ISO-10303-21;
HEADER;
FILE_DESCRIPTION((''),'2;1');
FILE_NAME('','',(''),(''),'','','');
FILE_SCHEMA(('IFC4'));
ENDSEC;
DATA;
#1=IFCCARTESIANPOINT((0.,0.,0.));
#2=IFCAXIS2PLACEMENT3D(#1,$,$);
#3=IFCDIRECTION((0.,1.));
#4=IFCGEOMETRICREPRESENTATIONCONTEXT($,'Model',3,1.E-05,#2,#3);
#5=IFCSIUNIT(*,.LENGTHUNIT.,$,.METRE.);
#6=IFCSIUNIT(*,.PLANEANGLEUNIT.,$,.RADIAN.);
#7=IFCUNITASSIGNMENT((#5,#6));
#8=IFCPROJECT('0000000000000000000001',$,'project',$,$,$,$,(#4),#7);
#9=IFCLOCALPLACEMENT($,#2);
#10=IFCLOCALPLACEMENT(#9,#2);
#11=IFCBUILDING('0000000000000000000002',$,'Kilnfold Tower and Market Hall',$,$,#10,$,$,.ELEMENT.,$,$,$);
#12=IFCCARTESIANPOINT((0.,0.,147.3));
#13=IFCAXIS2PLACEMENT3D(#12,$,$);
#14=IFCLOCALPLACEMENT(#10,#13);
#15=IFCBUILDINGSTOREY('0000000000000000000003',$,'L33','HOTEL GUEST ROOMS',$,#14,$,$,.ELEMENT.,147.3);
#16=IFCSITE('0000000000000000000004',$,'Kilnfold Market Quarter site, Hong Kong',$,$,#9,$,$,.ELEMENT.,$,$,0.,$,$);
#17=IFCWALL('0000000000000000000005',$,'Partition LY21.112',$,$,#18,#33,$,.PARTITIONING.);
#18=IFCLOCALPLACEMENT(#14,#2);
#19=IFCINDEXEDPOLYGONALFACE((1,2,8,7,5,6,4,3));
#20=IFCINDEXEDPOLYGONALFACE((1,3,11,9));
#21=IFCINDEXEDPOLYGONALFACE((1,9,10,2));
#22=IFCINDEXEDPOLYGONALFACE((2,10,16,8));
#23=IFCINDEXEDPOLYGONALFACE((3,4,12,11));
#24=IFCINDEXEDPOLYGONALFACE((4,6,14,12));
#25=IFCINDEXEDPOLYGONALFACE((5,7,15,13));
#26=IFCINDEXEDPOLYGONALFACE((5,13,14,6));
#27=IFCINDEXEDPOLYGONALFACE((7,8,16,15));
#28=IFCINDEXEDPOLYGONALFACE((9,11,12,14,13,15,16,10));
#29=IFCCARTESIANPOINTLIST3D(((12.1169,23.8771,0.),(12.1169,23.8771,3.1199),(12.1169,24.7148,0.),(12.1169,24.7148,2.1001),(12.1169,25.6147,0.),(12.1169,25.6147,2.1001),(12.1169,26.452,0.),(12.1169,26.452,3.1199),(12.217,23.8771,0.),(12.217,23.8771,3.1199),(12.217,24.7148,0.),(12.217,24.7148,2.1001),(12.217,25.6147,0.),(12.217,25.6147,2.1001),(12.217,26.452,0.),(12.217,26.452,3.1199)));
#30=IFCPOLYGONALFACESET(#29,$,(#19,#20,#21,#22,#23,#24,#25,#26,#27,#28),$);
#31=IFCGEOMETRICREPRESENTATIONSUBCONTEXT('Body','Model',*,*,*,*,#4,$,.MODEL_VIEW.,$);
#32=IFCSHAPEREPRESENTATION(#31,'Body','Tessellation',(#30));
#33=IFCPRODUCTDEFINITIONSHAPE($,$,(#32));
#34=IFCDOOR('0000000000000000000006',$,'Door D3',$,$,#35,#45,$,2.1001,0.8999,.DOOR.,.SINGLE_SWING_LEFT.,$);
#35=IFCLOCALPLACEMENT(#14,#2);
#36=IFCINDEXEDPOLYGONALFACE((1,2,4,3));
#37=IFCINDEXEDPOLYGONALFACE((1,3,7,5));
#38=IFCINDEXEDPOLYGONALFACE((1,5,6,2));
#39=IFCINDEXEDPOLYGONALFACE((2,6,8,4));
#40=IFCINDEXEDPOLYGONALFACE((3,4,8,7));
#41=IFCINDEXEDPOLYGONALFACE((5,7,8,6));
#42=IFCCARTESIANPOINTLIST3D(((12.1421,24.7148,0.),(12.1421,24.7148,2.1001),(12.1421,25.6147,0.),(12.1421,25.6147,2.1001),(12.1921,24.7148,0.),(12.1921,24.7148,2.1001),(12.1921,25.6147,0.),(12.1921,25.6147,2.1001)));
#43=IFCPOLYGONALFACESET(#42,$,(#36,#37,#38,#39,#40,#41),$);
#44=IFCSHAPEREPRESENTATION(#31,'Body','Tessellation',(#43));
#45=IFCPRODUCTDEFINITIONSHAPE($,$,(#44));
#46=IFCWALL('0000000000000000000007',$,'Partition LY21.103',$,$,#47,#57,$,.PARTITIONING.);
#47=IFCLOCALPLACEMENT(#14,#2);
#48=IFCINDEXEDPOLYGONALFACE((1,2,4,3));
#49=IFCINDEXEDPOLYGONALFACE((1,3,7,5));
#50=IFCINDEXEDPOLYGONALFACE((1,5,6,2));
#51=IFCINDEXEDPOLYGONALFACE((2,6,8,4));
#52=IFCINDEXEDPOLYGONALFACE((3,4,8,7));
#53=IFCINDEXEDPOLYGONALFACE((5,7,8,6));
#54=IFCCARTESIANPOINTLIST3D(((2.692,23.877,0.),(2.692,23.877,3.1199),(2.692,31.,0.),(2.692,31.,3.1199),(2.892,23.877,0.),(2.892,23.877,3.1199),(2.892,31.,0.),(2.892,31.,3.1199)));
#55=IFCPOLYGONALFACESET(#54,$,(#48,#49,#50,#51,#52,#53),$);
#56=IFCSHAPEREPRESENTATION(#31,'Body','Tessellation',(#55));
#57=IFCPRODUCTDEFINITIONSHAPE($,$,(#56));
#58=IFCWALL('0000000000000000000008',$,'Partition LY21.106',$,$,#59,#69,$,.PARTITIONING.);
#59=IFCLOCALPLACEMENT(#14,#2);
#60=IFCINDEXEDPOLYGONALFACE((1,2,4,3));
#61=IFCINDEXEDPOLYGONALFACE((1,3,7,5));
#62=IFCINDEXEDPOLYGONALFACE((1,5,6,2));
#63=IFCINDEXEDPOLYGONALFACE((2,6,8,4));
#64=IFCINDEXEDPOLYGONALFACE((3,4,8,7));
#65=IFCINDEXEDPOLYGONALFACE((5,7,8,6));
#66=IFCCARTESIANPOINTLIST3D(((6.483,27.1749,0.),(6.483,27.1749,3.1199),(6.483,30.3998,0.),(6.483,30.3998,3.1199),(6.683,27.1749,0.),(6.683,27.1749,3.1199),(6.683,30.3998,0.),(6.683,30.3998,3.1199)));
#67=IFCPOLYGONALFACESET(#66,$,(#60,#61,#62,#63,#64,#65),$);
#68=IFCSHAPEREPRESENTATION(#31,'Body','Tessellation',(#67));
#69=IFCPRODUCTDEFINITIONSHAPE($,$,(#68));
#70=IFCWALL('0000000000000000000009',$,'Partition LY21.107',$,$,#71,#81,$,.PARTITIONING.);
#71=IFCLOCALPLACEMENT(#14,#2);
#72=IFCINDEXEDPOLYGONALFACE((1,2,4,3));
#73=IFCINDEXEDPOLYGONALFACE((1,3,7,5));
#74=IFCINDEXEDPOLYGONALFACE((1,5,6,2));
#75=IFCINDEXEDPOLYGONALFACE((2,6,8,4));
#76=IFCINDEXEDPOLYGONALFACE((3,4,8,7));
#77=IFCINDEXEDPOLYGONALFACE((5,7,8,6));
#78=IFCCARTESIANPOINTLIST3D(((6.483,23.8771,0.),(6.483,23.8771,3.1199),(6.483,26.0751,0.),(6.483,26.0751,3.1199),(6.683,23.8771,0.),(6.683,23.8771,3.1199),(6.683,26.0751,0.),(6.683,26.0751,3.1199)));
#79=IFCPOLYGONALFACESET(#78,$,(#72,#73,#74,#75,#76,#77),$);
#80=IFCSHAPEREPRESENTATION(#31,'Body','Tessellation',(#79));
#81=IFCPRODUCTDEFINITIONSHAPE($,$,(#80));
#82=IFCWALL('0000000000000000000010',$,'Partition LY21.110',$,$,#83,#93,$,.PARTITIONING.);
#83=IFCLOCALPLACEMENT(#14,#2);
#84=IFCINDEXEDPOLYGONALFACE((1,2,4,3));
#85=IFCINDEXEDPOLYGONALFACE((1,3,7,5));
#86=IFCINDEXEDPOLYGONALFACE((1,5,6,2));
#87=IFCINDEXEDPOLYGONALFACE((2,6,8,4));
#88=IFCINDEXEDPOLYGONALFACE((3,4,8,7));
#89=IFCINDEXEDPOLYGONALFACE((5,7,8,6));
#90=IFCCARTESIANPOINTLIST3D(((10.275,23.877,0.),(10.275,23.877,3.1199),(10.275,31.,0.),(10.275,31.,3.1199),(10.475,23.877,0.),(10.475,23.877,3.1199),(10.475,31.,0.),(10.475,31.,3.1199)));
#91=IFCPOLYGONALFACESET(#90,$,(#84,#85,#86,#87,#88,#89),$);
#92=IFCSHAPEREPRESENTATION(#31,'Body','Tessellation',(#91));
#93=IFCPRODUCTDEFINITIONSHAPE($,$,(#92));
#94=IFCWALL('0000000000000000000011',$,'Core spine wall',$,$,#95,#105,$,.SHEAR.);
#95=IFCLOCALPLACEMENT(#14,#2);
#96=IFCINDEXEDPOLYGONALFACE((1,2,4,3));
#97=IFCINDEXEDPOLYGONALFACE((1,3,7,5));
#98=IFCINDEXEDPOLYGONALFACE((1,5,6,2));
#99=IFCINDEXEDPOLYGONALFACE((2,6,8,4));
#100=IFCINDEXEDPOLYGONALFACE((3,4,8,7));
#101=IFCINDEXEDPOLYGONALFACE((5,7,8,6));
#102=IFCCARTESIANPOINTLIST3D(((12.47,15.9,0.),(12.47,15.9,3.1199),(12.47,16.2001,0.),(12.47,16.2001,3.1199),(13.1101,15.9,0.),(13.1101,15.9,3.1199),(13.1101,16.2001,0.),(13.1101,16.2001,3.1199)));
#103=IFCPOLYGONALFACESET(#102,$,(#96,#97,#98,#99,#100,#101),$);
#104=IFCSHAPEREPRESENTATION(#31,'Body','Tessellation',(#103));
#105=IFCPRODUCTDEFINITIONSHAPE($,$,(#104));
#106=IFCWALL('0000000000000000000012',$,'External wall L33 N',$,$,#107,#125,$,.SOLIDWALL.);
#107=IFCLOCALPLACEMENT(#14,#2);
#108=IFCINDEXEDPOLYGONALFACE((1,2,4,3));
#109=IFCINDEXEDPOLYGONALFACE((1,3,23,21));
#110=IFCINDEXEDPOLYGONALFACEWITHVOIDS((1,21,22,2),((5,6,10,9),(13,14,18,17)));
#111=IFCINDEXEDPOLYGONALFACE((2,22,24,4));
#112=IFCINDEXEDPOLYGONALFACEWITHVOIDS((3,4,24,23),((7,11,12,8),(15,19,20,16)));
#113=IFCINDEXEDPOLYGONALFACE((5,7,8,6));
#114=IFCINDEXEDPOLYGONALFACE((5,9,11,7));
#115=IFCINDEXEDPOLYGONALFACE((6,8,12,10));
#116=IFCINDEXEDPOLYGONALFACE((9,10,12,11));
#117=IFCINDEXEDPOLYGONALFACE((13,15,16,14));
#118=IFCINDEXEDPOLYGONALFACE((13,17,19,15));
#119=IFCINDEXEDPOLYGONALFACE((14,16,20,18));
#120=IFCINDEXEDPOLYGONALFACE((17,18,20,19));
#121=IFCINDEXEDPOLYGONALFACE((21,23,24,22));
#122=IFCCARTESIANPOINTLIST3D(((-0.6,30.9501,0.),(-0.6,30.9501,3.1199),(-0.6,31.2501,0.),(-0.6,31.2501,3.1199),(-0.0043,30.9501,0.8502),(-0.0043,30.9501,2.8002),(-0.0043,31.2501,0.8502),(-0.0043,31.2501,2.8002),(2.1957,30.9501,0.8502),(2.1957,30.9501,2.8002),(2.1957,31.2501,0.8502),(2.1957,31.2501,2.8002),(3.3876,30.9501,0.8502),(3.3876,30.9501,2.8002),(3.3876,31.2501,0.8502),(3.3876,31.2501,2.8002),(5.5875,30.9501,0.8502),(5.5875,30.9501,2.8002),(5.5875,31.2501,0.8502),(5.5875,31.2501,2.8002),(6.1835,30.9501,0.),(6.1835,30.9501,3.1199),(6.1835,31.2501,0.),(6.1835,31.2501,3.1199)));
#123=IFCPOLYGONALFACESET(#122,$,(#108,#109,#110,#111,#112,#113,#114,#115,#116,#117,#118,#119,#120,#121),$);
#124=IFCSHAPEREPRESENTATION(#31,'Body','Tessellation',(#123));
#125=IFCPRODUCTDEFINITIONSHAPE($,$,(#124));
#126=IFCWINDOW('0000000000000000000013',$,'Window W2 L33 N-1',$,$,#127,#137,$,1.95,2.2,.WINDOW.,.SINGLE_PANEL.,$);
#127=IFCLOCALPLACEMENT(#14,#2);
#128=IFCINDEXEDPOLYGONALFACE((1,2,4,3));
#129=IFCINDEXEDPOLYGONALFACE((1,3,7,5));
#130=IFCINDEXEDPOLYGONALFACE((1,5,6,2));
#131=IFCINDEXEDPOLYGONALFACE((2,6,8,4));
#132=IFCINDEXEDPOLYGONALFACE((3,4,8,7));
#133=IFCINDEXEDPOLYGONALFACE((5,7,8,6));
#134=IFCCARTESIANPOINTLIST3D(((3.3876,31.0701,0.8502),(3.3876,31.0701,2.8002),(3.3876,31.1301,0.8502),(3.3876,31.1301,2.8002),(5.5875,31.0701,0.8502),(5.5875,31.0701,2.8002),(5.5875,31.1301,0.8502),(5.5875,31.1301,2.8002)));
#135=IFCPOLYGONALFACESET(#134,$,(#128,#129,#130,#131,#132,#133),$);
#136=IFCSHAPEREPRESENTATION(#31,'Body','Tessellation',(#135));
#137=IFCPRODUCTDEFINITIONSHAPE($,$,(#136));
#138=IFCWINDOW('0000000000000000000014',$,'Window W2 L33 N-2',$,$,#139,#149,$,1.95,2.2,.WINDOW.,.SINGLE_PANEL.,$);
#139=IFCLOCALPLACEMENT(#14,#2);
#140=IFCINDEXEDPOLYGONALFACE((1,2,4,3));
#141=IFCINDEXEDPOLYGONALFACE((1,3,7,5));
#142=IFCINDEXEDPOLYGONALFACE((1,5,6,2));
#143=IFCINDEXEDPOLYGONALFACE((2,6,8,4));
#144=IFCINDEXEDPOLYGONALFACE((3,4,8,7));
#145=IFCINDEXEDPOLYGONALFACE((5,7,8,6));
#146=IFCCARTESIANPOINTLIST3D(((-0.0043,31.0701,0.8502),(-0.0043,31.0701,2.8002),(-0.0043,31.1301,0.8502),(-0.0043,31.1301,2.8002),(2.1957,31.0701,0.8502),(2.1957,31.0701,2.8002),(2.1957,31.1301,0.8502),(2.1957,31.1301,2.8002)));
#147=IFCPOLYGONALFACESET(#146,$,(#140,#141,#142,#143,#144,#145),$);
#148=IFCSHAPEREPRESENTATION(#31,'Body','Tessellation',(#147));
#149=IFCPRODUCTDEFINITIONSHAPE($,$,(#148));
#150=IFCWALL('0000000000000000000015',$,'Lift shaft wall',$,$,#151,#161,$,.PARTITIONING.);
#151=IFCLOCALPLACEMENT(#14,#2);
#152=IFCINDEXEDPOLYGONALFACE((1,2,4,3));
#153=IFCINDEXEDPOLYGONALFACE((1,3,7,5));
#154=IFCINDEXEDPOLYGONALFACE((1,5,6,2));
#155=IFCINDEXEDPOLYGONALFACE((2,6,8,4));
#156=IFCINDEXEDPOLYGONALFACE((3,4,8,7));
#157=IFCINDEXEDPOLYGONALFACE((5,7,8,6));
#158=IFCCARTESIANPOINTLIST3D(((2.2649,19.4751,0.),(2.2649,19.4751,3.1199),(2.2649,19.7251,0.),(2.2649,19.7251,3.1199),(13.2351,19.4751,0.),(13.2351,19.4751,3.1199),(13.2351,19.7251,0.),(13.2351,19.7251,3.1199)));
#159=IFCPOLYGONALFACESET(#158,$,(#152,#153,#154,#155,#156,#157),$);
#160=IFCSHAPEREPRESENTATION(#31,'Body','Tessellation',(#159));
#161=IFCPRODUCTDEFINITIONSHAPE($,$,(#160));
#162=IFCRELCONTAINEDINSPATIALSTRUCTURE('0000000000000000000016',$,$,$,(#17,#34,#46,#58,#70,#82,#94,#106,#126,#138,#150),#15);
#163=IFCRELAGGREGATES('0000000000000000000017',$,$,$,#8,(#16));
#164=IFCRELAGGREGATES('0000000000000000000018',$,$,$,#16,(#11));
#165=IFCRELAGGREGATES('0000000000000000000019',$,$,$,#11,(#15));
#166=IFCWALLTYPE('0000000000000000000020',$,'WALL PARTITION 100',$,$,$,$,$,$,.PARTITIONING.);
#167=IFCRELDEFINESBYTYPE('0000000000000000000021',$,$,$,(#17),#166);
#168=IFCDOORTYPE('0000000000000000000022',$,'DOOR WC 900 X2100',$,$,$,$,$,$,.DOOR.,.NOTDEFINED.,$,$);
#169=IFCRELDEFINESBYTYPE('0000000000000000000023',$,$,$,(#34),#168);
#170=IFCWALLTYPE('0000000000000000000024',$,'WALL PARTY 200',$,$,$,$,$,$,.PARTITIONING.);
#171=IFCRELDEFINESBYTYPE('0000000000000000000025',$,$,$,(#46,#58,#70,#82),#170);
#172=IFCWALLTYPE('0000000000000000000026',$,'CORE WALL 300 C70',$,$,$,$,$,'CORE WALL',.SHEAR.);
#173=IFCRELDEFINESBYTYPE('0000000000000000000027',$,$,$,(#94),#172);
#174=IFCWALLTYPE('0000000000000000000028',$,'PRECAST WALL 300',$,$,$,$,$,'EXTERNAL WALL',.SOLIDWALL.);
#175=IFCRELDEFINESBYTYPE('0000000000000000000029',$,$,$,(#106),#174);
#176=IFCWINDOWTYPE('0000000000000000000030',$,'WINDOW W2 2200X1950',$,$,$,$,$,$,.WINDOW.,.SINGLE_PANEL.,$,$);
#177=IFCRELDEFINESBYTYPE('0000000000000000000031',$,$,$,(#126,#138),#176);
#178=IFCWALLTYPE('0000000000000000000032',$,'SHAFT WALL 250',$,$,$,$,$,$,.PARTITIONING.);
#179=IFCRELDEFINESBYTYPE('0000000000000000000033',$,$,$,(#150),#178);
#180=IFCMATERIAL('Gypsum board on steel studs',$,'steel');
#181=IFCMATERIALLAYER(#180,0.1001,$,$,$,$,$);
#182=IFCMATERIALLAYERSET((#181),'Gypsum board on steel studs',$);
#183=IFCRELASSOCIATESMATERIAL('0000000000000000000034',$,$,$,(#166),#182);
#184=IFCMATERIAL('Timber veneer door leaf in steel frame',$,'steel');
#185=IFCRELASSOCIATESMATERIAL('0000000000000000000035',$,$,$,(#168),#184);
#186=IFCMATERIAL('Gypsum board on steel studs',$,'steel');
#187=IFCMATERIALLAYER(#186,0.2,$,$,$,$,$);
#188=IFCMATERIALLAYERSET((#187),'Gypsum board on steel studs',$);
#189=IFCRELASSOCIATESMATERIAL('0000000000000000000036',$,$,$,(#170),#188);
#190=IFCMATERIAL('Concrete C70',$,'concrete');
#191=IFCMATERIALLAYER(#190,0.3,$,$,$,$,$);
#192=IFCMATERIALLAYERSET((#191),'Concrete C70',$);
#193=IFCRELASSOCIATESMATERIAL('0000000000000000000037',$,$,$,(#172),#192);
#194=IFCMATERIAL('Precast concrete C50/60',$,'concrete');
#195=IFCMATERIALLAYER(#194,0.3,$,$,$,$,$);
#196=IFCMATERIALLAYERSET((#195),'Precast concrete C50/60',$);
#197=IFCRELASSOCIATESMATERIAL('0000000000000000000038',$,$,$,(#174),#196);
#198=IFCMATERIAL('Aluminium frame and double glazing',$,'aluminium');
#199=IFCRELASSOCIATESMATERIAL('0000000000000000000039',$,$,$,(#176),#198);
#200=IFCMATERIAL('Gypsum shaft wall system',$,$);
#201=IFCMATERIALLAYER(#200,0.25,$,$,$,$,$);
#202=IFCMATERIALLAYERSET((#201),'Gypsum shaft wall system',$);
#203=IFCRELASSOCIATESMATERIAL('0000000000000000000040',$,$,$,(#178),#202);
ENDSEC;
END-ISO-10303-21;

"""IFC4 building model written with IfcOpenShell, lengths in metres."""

from ifc_helpers import new_model, si_unit, direction, frame, frame_2d, origin, place, context, subcontext, project, spatial, rectangle, extrude, source, transform, mapped, material, layer, layer_set, type_object, element, fill, save


model = new_model("IFC4")

# Units and contexts
model_context = context("Model", 3, precision=1e-05, world=origin(), true_north=direction((0.0, 1.0)))
body_context = subcontext(model_context, "Body", "Model", "MODEL_VIEW")
ifc_project = project(units=[si_unit("LENGTHUNIT", "METRE"), si_unit("PLANEANGLEUNIT", "RADIAN")], contexts=[model_context])

# Site, building, storey
site_placement = place(None, origin())
site = spatial("IfcSite", under=ifc_project, at=site_placement, Name="Kilnfold Market Quarter site, Hong Kong", CompositionType="ELEMENT", RefElevation=0.0)
building_placement = place(site_placement, origin())
building = spatial("IfcBuilding", under=site, at=building_placement, Name="Kilnfold Tower and Market Hall", CompositionType="ELEMENT")
storey_placement = place(building_placement, frame((0.0, 0.0, 147.3)))
storey = spatial("IfcBuildingStorey", under=building, at=storey_placement, Name="L33", Description="HOTEL GUEST ROOMS", CompositionType="ELEMENT", Elevation=147.3)

# Shared definitions
ifc_material_1 = material(Name="Gypsum board on steel studs", Category="steel")
ifc_layer_1 = layer(ifc_material_1, 0.1001)
ifc_layer_set_1 = layer_set([ifc_layer_1], Name="Gypsum board on steel studs")
wall_type_1 = type_object("IfcWallType", Name="WALL PARTITION 100", PredefinedType="PARTITIONING", material=ifc_layer_set_1)
ifc_material_2 = material(Name="Timber veneer door leaf in steel frame", Category="steel")
door_type = type_object("IfcDoorType", Name="DOOR WC 900 X2100", OperationType="NOTDEFINED", PredefinedType="DOOR", material=ifc_material_2)

# Wall, opening, door
wall_1_placement = place(storey_placement, frame((12.167, 23.877, 0.0), z_axis=(0.0, 0.0, 1.0), x_axis=(0.0, 1.0, 0.0)))
wall_1 = element("IfcWall", 1, at=wall_1_placement, inside=storey, type_object=wall_type_1, Name="Partition LY21.112", PredefinedType="PARTITIONING", context=body_context, shape_type="SweptSolid", body=[
    extrude(rectangle(XDim=2.575, YDim=0.1001, at=frame_2d((1.2876, 0.0))), origin(), (0.0, 0.0, 1.0), 3.1199),
])
opening_1_placement = place(wall_1_placement, frame((0.8379, 0.0, 0.0)))
opening_1 = element("IfcOpeningElement", 2, at=opening_1_placement, cuts=wall_1, PredefinedType="OPENING", context=body_context, shape_type="SweptSolid", body=[
    extrude(rectangle(XDim=0.8999, YDim=2.1001, at=frame_2d((0.45, 1.05))), frame((0.0, 0.0601, 0.0), z_axis=(0.0, -1.0, 0.0), x_axis=(1.0, 0.0, 0.0)), (0.0, 0.0, 1.0), 0.1201),
])
door_1_placement = place(opening_1_placement, origin())
door_1 = element("IfcDoor", 3, at=door_1_placement, inside=storey, type_object=door_type, Name="Door D3", OperationType="SINGLE_SWING_LEFT", OverallHeight=2.1001, OverallWidth=0.8999, PredefinedType="DOOR", context=body_context, shape_type="SweptSolid", body=[
    extrude(rectangle(XDim=0.8999, YDim=2.1001, at=frame_2d((0.45, 1.05))), frame((0.0, 0.0249, 0.0), z_axis=(0.0, -1.0, 0.0), x_axis=(1.0, 0.0, 0.0)), (0.0, 0.0, 1.0), 0.05),
])
fill(opening_1, door_1)

# Walls
ifc_material_3 = material(Name="Gypsum board on steel studs", Category="steel")
ifc_layer_2 = layer(ifc_material_3, 0.2)
ifc_layer_set_2 = layer_set([ifc_layer_2], Name="Gypsum board on steel studs")
wall_type_2 = type_object("IfcWallType", Name="WALL PARTY 200", PredefinedType="PARTITIONING", material=ifc_layer_set_2)
wall_2_placement = place(storey_placement, frame((2.792, 23.877, 0.0), z_axis=(0.0, 0.0, 1.0), x_axis=(0.0, 1.0, 0.0)))
element("IfcWall", 4, at=wall_2_placement, inside=storey, type_object=wall_type_2, Name="Partition LY21.103", PredefinedType="PARTITIONING", context=body_context, shape_type="SweptSolid", body=[
    extrude(rectangle(XDim=7.123, YDim=0.2, at=frame_2d((3.5615, 0.0))), origin(), (0.0, 0.0, 1.0), 3.1199),
])
wall_3_placement = place(storey_placement, frame((6.583, 27.175, 0.0), z_axis=(0.0, 0.0, 1.0), x_axis=(0.0, 1.0, 0.0)))
element("IfcWall", 5, at=wall_3_placement, inside=storey, type_object=wall_type_2, Name="Partition LY21.106", PredefinedType="PARTITIONING", context=body_context, shape_type="SweptSolid", body=[
    extrude(rectangle(XDim=3.2249, YDim=0.2, at=frame_2d((1.6123, 0.0))), origin(), (0.0, 0.0, 1.0), 3.1199),
])
wall_4_placement = place(storey_placement, frame((6.583, 23.877, 0.0), z_axis=(0.0, 0.0, 1.0), x_axis=(0.0, 1.0, 0.0)))
element("IfcWall", 6, at=wall_4_placement, inside=storey, type_object=wall_type_2, Name="Partition LY21.107", PredefinedType="PARTITIONING", context=body_context, shape_type="SweptSolid", body=[
    extrude(rectangle(XDim=2.198, YDim=0.2, at=frame_2d((1.0991, 0.0))), origin(), (0.0, 0.0, 1.0), 3.1199),
])
wall_5_placement = place(storey_placement, frame((10.375, 23.877, 0.0), z_axis=(0.0, 0.0, 1.0), x_axis=(0.0, 1.0, 0.0)))
element("IfcWall", 7, at=wall_5_placement, inside=storey, type_object=wall_type_2, Name="Partition LY21.110", PredefinedType="PARTITIONING", context=body_context, shape_type="SweptSolid", body=[
    extrude(rectangle(XDim=7.123, YDim=0.2, at=frame_2d((3.5615, 0.0))), origin(), (0.0, 0.0, 1.0), 3.1199),
])
ifc_material_4 = material(Name="Concrete C70", Category="concrete")
ifc_layer_3 = layer(ifc_material_4, 0.3)
ifc_layer_set_3 = layer_set([ifc_layer_3], Name="Concrete C70")
wall_type_3 = type_object("IfcWallType", Name="CORE WALL 300 C70", ElementType="CORE WALL", PredefinedType="SHEAR", material=ifc_layer_set_3)
shared_shape_1 = source(origin(), body_context, "Body", "SweptSolid", [
    extrude(rectangle(XDim=0.6401, YDim=0.3, at=frame_2d((0.3201, 0.0))), origin(), (0.0, 0.0, 1.0), 3.1199),
])
wall_6_placement = place(storey_placement, frame((12.47, 16.05, 0.0), z_axis=(0.0, 0.0, 1.0), x_axis=(1.0, 0.0, 0.0)))
element("IfcWall", 8, at=wall_6_placement, inside=storey, type_object=wall_type_3, Name="Core spine wall", PredefinedType="SHEAR", context=body_context, shape_type="MappedRepresentation", body=[
    mapped(shared_shape_1, transform((0.0, 0.0, 0.0))),
])

# Wall, openings, windows
ifc_material_5 = material(Name="Precast concrete C50/60", Category="concrete")
ifc_layer_4 = layer(ifc_material_5, 0.3)
ifc_layer_set_4 = layer_set([ifc_layer_4], Name="Precast concrete C50/60")
wall_type_4 = type_object("IfcWallType", Name="PRECAST WALL 300", ElementType="EXTERNAL WALL", PredefinedType="SOLIDWALL", material=ifc_layer_set_4)
shared_shape_2 = source(origin(), body_context, "Body", "SweptSolid", [
    extrude(rectangle(XDim=6.7834, YDim=0.3, at=frame_2d((3.3916, 0.0))), origin(), (0.0, 0.0, 1.0), 3.1199),
])
wall_7_placement = place(storey_placement, frame((6.1833, 31.1001, 0.0), z_axis=(0.0, 0.0, 1.0), x_axis=(-1.0, 0.0, 0.0)))
wall_7 = element("IfcWall", 9, at=wall_7_placement, inside=storey, type_object=wall_type_4, Name="External wall L33 N", PredefinedType="SOLIDWALL", context=body_context, shape_type="MappedRepresentation", body=[
    mapped(shared_shape_2, transform((0.0, 0.0, 0.0))),
])
opening_2_placement = place(wall_7_placement, frame((0.5957, 0.0, 0.8501)))
opening_2 = element("IfcOpeningElement", 10, at=opening_2_placement, cuts=wall_7, PredefinedType="OPENING", context=body_context, shape_type="SweptSolid", body=[
    extrude(rectangle(XDim=2.2, YDim=1.95, at=frame_2d((1.1001, 0.9751))), frame((0.0, 0.1602, 0.0), z_axis=(0.0, -1.0, 0.0), x_axis=(1.0, 0.0, 0.0)), (0.0, 0.0, 1.0), 0.3201),
])
opening_3_placement = place(wall_7_placement, frame((3.9875, 0.0, 0.8501)))
opening_3 = element("IfcOpeningElement", 11, at=opening_3_placement, cuts=wall_7, PredefinedType="OPENING", context=body_context, shape_type="SweptSolid", body=[
    extrude(rectangle(XDim=2.2, YDim=1.95, at=frame_2d((1.1001, 0.9751))), frame((0.0, 0.1602, 0.0), z_axis=(0.0, -1.0, 0.0), x_axis=(1.0, 0.0, 0.0)), (0.0, 0.0, 1.0), 0.3201),
])
ifc_material_6 = material(Name="Aluminium frame and double glazing", Category="aluminium")
window_type = type_object("IfcWindowType", Name="WINDOW W2 2200X1950", PartitioningType="SINGLE_PANEL", PredefinedType="WINDOW", material=ifc_material_6)
window_1_placement = place(opening_2_placement, origin())
window_1 = element("IfcWindow", 12, at=window_1_placement, inside=storey, type_object=window_type, Name="Window W2 L33 N-1", OverallHeight=1.95, OverallWidth=2.2, PartitioningType="SINGLE_PANEL", PredefinedType="WINDOW", context=body_context, shape_type="SweptSolid", body=[
    extrude(rectangle(XDim=2.2, YDim=1.95, at=frame_2d((1.1001, 0.9751))), frame((0.0, 0.03, 0.0), z_axis=(0.0, -1.0, 0.0), x_axis=(1.0, 0.0, 0.0)), (0.0, 0.0, 1.0), 0.0601),
])
fill(opening_2, window_1)
window_2_placement = place(opening_3_placement, origin())
window_2 = element("IfcWindow", 13, at=window_2_placement, inside=storey, type_object=window_type, Name="Window W2 L33 N-2", OverallHeight=1.95, OverallWidth=2.2, PartitioningType="SINGLE_PANEL", PredefinedType="WINDOW", context=body_context, shape_type="SweptSolid", body=[
    extrude(rectangle(XDim=2.2, YDim=1.95, at=frame_2d((1.1001, 0.9751))), frame((0.0, 0.03, 0.0), z_axis=(0.0, -1.0, 0.0), x_axis=(1.0, 0.0, 0.0)), (0.0, 0.0, 1.0), 0.0601),
])
fill(opening_3, window_2)

# Wall
ifc_material_7 = material(Name="Gypsum shaft wall system")
ifc_layer_5 = layer(ifc_material_7, 0.25)
ifc_layer_set_5 = layer_set([ifc_layer_5], Name="Gypsum shaft wall system")
wall_type_5 = type_object("IfcWallType", Name="SHAFT WALL 250", PredefinedType="PARTITIONING", material=ifc_layer_set_5)
shared_shape_3 = source(origin(), body_context, "Body", "SweptSolid", [
    extrude(rectangle(XDim=10.9702, YDim=0.25, at=frame_2d((5.4851, 0.0))), origin(), (0.0, 0.0, 1.0), 3.1199),
])
wall_8_placement = place(storey_placement, frame((2.2649, 19.6001, 0.0), z_axis=(0.0, 0.0, 1.0), x_axis=(1.0, 0.0, 0.0)))
element("IfcWall", 14, at=wall_8_placement, inside=storey, type_object=wall_type_5, Name="Lift shaft wall", PredefinedType="PARTITIONING", context=body_context, shape_type="MappedRepresentation", body=[
    mapped(shared_shape_3, transform((0.0, 0.0, 0.0))),
])

save(model, "model.ifc")
